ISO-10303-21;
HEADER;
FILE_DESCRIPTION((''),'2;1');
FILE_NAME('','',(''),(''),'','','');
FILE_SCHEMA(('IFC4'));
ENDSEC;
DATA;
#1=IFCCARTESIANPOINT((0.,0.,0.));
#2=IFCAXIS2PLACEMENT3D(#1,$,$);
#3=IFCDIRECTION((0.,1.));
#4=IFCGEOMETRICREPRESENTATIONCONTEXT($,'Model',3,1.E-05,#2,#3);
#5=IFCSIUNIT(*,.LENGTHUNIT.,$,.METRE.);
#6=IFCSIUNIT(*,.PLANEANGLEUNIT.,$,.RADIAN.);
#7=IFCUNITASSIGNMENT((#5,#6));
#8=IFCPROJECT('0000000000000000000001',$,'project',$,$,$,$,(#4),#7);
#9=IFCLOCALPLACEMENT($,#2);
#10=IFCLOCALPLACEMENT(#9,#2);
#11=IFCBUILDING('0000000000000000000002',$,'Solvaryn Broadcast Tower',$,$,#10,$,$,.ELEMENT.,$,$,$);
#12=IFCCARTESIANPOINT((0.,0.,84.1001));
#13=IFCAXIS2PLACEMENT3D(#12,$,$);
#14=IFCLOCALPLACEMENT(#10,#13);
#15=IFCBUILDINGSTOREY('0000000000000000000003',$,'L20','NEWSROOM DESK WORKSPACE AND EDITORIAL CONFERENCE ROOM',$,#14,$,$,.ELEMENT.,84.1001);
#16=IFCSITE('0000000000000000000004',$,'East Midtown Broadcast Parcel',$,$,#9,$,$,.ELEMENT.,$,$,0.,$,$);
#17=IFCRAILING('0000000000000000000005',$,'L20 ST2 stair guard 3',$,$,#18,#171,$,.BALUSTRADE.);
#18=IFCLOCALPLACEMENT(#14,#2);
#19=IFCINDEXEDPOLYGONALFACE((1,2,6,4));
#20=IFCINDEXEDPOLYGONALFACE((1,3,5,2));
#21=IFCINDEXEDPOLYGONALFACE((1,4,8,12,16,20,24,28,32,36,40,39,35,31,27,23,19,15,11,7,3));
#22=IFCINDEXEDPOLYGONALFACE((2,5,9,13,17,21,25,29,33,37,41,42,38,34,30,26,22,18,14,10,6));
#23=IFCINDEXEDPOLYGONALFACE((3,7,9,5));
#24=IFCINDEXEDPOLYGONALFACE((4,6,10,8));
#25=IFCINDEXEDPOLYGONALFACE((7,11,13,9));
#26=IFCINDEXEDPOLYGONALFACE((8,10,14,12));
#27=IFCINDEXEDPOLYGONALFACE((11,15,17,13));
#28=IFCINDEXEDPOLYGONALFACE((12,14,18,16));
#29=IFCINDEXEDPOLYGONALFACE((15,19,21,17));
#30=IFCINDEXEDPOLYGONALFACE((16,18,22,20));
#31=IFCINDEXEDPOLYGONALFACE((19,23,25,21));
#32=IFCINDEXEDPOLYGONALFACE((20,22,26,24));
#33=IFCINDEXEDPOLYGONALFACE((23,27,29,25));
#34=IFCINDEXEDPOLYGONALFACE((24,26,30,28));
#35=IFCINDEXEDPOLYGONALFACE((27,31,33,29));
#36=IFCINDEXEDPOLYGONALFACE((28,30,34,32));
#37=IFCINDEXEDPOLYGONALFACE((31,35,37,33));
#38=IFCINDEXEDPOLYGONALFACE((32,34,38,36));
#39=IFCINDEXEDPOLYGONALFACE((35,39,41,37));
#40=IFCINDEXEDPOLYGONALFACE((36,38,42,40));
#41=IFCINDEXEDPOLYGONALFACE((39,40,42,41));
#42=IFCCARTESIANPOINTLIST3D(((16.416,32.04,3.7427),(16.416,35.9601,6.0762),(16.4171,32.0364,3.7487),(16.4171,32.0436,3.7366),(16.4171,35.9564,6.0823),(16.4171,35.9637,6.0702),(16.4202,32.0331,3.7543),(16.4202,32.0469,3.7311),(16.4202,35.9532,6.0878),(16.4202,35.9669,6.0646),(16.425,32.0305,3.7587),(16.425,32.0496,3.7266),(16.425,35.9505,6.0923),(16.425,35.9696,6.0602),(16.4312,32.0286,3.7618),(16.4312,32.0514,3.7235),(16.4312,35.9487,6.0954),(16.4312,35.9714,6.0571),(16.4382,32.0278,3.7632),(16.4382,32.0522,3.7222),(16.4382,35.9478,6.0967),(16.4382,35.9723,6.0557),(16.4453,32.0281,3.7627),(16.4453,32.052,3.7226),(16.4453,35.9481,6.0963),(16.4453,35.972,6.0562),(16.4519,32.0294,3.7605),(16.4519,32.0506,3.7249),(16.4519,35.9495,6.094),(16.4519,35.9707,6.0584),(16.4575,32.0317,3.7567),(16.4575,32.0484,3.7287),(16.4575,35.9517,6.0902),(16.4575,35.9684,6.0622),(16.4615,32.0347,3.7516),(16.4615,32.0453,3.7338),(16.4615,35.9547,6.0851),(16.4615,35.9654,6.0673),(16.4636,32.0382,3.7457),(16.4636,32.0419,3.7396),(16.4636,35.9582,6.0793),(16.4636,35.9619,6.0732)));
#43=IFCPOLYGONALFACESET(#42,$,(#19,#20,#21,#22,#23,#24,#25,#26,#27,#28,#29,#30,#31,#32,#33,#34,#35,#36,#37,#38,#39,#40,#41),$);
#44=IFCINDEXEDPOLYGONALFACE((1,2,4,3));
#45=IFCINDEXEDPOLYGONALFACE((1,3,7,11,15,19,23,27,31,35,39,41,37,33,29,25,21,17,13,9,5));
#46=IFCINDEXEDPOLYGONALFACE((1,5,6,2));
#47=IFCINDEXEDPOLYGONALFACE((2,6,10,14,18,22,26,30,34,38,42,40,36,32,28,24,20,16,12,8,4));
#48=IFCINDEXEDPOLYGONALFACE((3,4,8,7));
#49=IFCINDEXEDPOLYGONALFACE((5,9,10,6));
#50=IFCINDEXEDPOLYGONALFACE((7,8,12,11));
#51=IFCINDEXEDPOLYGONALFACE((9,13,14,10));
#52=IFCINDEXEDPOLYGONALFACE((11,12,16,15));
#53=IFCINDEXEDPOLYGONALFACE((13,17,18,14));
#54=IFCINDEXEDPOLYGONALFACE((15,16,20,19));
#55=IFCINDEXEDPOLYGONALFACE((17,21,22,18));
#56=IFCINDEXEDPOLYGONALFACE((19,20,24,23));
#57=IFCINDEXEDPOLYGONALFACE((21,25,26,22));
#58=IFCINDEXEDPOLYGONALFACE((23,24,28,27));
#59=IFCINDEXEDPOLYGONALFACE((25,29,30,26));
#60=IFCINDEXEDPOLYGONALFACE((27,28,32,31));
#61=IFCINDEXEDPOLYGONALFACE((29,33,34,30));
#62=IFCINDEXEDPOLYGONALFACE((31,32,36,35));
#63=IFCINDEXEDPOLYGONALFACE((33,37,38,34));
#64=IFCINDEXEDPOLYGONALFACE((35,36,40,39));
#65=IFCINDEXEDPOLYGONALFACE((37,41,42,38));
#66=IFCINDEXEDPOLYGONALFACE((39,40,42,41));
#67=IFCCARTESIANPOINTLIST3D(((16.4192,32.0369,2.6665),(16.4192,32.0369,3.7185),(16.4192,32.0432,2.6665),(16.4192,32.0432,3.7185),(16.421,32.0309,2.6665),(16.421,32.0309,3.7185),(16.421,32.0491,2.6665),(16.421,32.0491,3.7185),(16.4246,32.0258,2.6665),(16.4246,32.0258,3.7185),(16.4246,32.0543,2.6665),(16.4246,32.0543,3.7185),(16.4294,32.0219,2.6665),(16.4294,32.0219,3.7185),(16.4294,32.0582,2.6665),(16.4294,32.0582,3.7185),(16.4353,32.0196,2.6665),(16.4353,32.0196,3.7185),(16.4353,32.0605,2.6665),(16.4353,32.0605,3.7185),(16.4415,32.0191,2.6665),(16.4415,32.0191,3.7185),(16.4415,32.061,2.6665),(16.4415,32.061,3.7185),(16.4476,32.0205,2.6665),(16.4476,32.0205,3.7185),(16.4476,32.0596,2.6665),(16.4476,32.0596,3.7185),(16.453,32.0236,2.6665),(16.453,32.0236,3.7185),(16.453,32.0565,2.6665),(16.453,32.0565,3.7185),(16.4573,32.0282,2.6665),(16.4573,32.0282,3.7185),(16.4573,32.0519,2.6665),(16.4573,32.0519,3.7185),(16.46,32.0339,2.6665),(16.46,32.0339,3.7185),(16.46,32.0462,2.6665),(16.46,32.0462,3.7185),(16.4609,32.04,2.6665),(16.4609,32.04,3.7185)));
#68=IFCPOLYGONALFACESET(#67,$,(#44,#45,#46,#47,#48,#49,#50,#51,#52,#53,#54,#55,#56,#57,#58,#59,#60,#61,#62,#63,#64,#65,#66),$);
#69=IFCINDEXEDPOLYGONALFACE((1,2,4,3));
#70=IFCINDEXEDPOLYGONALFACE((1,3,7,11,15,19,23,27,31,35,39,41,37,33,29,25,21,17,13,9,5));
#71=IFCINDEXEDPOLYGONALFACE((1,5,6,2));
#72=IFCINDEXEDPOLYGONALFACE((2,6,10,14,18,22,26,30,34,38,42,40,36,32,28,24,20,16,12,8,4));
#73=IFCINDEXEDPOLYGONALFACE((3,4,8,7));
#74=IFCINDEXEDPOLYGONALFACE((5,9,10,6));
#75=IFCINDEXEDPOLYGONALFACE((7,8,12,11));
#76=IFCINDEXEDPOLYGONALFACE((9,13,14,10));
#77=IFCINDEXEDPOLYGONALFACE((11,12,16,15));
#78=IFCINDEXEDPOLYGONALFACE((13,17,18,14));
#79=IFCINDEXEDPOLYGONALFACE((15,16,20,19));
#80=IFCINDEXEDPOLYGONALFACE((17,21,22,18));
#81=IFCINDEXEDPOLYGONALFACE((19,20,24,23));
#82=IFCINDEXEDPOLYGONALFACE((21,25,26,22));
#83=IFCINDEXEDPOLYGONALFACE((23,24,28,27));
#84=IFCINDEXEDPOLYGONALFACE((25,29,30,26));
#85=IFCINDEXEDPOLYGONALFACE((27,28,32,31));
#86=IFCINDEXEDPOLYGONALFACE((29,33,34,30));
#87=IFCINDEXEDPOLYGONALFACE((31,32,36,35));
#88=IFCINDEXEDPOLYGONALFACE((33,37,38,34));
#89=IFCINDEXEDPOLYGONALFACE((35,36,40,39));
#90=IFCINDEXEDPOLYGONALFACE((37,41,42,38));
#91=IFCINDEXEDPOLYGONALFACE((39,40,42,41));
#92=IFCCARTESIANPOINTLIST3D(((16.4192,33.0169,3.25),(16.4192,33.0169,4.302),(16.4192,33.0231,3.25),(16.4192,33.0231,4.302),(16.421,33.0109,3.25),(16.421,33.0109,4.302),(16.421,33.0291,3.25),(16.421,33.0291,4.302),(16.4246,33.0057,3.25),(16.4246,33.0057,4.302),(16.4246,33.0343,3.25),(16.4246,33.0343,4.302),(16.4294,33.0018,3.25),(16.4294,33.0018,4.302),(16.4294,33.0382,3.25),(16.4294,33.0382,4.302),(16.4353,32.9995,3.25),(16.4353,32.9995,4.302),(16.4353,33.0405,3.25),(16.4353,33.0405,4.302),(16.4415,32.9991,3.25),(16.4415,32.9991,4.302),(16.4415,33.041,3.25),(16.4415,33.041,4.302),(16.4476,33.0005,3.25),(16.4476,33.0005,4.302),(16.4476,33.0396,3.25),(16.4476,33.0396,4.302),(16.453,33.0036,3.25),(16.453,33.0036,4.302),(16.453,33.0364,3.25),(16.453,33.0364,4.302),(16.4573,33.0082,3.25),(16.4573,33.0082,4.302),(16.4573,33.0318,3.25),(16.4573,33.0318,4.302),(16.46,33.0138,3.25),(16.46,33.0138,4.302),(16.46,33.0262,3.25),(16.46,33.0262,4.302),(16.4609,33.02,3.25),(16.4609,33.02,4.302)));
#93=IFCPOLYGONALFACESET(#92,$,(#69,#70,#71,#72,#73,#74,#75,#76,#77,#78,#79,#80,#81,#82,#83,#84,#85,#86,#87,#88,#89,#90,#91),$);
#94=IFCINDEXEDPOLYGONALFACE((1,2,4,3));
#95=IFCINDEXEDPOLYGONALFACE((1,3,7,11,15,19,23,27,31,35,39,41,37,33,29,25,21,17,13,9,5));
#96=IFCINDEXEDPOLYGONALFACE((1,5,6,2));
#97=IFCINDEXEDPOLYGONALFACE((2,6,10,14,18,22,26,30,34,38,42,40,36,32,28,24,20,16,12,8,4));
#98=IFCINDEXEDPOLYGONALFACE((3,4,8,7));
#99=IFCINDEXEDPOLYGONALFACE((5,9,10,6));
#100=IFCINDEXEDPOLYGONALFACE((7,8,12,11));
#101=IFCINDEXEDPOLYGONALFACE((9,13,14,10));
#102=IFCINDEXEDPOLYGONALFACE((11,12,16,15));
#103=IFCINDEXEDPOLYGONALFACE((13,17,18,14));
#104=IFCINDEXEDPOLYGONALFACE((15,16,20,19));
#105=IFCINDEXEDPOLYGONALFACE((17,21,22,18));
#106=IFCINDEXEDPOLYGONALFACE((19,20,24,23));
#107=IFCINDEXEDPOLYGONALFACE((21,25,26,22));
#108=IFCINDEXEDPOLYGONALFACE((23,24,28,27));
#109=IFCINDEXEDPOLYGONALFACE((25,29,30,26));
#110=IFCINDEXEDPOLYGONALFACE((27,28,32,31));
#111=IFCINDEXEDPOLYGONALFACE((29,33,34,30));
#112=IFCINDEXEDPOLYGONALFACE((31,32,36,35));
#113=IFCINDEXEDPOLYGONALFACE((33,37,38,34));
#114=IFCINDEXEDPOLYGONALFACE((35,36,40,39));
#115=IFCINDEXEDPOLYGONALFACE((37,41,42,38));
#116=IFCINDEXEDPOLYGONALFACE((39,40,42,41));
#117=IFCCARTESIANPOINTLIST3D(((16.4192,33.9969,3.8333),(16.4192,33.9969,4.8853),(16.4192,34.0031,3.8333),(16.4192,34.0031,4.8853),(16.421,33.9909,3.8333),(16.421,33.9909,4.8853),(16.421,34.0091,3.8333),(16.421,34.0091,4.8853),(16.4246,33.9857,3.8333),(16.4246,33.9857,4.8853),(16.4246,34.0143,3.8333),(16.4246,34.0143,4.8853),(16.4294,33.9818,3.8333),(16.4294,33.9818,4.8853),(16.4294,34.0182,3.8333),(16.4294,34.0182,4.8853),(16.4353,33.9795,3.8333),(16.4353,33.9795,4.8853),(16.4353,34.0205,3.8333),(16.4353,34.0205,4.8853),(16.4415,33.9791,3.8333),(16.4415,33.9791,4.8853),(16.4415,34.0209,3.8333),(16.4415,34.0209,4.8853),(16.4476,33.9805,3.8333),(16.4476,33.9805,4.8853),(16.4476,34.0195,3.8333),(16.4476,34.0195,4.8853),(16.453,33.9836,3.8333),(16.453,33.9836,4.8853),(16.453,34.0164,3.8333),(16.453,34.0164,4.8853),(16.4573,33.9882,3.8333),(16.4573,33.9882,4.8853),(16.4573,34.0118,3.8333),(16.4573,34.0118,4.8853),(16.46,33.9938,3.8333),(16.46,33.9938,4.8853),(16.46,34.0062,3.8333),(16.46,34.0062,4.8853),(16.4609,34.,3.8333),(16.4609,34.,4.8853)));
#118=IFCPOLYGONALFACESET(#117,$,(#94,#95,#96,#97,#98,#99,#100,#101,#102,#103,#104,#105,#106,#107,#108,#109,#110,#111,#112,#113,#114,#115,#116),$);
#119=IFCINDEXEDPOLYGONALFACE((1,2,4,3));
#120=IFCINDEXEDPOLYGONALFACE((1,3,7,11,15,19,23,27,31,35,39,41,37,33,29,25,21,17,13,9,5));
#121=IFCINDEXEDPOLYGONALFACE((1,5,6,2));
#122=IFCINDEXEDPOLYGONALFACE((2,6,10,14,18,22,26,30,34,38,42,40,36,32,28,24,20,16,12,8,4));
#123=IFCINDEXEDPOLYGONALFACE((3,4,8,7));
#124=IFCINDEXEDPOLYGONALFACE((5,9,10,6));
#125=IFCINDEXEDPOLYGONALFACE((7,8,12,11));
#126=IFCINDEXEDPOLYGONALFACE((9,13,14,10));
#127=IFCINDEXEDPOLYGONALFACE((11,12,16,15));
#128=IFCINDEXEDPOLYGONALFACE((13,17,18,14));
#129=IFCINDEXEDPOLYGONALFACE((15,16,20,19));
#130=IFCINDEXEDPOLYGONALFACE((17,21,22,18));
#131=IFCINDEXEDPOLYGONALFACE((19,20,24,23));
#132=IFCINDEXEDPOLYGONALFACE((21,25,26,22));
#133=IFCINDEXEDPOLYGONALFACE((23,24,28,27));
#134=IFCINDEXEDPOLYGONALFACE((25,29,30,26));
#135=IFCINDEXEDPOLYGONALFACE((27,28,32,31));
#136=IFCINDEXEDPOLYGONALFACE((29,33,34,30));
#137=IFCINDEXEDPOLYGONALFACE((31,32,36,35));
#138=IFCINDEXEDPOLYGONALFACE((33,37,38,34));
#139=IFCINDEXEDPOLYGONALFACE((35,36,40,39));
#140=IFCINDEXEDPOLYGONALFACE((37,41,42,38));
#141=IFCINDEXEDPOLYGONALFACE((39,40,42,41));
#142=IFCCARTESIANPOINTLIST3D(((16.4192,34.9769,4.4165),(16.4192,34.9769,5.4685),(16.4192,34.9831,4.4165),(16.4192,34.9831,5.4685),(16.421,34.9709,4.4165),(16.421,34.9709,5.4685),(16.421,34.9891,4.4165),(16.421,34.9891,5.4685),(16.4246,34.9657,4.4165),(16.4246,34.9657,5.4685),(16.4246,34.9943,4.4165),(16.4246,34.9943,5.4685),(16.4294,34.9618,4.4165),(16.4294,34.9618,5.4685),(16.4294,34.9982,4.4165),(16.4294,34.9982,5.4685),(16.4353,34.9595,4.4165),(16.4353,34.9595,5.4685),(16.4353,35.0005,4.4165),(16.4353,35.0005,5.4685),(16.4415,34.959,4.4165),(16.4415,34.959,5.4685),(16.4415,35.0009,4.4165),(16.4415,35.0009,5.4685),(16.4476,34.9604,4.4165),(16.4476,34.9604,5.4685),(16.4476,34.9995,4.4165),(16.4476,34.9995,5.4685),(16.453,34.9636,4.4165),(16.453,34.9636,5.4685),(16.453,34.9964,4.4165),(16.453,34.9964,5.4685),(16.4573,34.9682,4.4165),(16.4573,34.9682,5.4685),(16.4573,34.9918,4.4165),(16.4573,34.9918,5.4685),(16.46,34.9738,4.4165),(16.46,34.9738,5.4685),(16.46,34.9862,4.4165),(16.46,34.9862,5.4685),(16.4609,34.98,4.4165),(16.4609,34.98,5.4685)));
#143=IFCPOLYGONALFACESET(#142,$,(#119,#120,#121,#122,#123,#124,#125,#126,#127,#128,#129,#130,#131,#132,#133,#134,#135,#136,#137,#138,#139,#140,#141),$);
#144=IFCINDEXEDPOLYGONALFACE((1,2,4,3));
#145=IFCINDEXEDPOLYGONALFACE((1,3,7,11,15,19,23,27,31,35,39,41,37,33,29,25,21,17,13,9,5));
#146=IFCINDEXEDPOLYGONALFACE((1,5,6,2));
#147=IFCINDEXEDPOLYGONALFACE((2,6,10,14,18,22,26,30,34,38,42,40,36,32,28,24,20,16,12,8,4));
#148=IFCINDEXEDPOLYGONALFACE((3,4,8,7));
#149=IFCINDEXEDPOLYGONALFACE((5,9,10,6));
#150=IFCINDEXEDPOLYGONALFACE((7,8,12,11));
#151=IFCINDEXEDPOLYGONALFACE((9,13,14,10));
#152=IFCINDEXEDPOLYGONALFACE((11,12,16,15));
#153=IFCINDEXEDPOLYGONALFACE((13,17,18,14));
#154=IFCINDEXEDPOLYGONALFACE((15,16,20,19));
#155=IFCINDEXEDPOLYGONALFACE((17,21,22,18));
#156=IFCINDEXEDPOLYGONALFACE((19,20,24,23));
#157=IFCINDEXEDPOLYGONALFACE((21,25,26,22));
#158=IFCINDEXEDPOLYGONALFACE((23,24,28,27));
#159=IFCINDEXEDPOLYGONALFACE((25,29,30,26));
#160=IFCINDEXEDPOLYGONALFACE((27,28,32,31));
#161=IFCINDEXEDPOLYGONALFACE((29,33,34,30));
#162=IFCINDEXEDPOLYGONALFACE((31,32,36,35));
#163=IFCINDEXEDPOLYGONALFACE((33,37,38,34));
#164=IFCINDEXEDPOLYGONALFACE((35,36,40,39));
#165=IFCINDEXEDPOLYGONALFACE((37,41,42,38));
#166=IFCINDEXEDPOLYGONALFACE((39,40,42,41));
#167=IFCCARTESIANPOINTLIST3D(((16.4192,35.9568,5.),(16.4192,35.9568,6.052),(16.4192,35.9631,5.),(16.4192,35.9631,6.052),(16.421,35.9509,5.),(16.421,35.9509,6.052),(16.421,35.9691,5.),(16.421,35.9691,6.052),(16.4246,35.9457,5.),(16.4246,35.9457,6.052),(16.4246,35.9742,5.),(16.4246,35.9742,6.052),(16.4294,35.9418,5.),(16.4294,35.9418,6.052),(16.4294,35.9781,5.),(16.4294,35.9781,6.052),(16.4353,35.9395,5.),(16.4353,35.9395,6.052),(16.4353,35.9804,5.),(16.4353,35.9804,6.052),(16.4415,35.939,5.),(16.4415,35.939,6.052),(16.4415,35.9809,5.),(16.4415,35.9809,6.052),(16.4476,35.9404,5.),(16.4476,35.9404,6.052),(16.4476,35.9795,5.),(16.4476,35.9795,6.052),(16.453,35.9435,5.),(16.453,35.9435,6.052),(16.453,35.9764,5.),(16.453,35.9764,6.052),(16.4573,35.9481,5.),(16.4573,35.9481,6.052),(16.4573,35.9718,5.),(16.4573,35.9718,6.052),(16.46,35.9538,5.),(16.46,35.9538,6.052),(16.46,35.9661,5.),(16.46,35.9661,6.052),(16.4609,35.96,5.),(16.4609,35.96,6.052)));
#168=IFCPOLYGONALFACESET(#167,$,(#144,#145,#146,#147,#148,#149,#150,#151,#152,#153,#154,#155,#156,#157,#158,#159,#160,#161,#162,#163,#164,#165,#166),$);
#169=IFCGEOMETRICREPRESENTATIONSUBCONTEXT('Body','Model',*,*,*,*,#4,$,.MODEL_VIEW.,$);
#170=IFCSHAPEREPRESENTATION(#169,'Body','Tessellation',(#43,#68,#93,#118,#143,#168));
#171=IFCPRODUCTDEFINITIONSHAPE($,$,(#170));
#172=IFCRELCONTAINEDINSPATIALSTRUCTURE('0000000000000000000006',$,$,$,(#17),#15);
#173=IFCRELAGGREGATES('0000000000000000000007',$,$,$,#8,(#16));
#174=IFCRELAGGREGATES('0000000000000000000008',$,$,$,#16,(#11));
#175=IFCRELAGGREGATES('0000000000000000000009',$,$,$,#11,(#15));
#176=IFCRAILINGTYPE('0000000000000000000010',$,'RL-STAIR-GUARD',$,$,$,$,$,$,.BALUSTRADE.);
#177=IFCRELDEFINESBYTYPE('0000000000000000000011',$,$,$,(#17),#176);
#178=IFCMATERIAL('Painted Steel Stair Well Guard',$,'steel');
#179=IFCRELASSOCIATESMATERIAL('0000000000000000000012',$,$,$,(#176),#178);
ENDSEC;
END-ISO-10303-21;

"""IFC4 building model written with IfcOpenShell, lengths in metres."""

from ifc_helpers import new_model, si_unit, direction, frame, origin, origin_2d, place, context, subcontext, project, spatial, circle, extrude, material, type_object, element, save


model = new_model("IFC4")

# Units and contexts
model_context = context("Model", 3, precision=1e-05, world=origin(), true_north=direction((0.0, 1.0)))
body_context = subcontext(model_context, "Body", "Model", "MODEL_VIEW")
ifc_project = project(units=[si_unit("LENGTHUNIT", "METRE"), si_unit("PLANEANGLEUNIT", "RADIAN")], contexts=[model_context])

# Site, building, storey
site_placement = place(None, origin())
site = spatial("IfcSite", under=ifc_project, at=site_placement, Name="East Midtown Broadcast Parcel", CompositionType="ELEMENT", RefElevation=0.0)
building_placement = place(site_placement, origin())
building = spatial("IfcBuilding", under=site, at=building_placement, Name="Solvaryn Broadcast Tower", CompositionType="ELEMENT")
storey_placement = place(building_placement, frame((0.0, 0.0, 84.1001)))
storey = spatial("IfcBuildingStorey", under=building, at=storey_placement, Name="L20", Description="NEWSROOM DESK WORKSPACE AND EDITORIAL CONFERENCE ROOM", CompositionType="ELEMENT", Elevation=84.1001)

# Railing
ifc_material_1 = material(Name="Painted Steel Stair Well Guard", Category="steel")
railing_type_1 = type_object("IfcRailingType", Name="RL-STAIR-GUARD", PredefinedType="BALUSTRADE", material=ifc_material_1)
railing_1_placement = place(storey_placement, frame((16.4399, 32.04, 2.6665)))
element("IfcRailing", 1, at=railing_1_placement, inside=storey, type_object=railing_type_1, Name="L20 ST2 stair guard 3", PredefinedType="BALUSTRADE", context=body_context, shape_type="SweptSolid", body=[
    extrude(circle(Radius=0.0239, at=origin_2d()), frame((0.0, 0.0, 1.0762), z_axis=(0.0, 0.859273, 0.511518), x_axis=(-1.0, 0.0, 0.0)), (0.0, 0.0, 1.0), 4.562),
    extrude(circle(Radius=0.021, at=origin_2d()), origin(), (0.0, 0.0, 1.0), 1.052),
    extrude(circle(Radius=0.021, at=origin_2d()), frame((0.0, 0.98, 0.5835)), (0.0, 0.0, 1.0), 1.052),
    extrude(circle(Radius=0.021, at=origin_2d()), frame((0.0, 1.96, 1.1667)), (0.0, 0.0, 1.0), 1.052),
    extrude(circle(Radius=0.021, at=origin_2d()), frame((0.0, 2.9399, 1.75)), (0.0, 0.0, 1.0), 1.052),
    extrude(circle(Radius=0.021, at=origin_2d()), frame((0.0, 3.9199, 2.3335)), (0.0, 0.0, 1.0), 1.052),
])

save(model, "model.ifc")
